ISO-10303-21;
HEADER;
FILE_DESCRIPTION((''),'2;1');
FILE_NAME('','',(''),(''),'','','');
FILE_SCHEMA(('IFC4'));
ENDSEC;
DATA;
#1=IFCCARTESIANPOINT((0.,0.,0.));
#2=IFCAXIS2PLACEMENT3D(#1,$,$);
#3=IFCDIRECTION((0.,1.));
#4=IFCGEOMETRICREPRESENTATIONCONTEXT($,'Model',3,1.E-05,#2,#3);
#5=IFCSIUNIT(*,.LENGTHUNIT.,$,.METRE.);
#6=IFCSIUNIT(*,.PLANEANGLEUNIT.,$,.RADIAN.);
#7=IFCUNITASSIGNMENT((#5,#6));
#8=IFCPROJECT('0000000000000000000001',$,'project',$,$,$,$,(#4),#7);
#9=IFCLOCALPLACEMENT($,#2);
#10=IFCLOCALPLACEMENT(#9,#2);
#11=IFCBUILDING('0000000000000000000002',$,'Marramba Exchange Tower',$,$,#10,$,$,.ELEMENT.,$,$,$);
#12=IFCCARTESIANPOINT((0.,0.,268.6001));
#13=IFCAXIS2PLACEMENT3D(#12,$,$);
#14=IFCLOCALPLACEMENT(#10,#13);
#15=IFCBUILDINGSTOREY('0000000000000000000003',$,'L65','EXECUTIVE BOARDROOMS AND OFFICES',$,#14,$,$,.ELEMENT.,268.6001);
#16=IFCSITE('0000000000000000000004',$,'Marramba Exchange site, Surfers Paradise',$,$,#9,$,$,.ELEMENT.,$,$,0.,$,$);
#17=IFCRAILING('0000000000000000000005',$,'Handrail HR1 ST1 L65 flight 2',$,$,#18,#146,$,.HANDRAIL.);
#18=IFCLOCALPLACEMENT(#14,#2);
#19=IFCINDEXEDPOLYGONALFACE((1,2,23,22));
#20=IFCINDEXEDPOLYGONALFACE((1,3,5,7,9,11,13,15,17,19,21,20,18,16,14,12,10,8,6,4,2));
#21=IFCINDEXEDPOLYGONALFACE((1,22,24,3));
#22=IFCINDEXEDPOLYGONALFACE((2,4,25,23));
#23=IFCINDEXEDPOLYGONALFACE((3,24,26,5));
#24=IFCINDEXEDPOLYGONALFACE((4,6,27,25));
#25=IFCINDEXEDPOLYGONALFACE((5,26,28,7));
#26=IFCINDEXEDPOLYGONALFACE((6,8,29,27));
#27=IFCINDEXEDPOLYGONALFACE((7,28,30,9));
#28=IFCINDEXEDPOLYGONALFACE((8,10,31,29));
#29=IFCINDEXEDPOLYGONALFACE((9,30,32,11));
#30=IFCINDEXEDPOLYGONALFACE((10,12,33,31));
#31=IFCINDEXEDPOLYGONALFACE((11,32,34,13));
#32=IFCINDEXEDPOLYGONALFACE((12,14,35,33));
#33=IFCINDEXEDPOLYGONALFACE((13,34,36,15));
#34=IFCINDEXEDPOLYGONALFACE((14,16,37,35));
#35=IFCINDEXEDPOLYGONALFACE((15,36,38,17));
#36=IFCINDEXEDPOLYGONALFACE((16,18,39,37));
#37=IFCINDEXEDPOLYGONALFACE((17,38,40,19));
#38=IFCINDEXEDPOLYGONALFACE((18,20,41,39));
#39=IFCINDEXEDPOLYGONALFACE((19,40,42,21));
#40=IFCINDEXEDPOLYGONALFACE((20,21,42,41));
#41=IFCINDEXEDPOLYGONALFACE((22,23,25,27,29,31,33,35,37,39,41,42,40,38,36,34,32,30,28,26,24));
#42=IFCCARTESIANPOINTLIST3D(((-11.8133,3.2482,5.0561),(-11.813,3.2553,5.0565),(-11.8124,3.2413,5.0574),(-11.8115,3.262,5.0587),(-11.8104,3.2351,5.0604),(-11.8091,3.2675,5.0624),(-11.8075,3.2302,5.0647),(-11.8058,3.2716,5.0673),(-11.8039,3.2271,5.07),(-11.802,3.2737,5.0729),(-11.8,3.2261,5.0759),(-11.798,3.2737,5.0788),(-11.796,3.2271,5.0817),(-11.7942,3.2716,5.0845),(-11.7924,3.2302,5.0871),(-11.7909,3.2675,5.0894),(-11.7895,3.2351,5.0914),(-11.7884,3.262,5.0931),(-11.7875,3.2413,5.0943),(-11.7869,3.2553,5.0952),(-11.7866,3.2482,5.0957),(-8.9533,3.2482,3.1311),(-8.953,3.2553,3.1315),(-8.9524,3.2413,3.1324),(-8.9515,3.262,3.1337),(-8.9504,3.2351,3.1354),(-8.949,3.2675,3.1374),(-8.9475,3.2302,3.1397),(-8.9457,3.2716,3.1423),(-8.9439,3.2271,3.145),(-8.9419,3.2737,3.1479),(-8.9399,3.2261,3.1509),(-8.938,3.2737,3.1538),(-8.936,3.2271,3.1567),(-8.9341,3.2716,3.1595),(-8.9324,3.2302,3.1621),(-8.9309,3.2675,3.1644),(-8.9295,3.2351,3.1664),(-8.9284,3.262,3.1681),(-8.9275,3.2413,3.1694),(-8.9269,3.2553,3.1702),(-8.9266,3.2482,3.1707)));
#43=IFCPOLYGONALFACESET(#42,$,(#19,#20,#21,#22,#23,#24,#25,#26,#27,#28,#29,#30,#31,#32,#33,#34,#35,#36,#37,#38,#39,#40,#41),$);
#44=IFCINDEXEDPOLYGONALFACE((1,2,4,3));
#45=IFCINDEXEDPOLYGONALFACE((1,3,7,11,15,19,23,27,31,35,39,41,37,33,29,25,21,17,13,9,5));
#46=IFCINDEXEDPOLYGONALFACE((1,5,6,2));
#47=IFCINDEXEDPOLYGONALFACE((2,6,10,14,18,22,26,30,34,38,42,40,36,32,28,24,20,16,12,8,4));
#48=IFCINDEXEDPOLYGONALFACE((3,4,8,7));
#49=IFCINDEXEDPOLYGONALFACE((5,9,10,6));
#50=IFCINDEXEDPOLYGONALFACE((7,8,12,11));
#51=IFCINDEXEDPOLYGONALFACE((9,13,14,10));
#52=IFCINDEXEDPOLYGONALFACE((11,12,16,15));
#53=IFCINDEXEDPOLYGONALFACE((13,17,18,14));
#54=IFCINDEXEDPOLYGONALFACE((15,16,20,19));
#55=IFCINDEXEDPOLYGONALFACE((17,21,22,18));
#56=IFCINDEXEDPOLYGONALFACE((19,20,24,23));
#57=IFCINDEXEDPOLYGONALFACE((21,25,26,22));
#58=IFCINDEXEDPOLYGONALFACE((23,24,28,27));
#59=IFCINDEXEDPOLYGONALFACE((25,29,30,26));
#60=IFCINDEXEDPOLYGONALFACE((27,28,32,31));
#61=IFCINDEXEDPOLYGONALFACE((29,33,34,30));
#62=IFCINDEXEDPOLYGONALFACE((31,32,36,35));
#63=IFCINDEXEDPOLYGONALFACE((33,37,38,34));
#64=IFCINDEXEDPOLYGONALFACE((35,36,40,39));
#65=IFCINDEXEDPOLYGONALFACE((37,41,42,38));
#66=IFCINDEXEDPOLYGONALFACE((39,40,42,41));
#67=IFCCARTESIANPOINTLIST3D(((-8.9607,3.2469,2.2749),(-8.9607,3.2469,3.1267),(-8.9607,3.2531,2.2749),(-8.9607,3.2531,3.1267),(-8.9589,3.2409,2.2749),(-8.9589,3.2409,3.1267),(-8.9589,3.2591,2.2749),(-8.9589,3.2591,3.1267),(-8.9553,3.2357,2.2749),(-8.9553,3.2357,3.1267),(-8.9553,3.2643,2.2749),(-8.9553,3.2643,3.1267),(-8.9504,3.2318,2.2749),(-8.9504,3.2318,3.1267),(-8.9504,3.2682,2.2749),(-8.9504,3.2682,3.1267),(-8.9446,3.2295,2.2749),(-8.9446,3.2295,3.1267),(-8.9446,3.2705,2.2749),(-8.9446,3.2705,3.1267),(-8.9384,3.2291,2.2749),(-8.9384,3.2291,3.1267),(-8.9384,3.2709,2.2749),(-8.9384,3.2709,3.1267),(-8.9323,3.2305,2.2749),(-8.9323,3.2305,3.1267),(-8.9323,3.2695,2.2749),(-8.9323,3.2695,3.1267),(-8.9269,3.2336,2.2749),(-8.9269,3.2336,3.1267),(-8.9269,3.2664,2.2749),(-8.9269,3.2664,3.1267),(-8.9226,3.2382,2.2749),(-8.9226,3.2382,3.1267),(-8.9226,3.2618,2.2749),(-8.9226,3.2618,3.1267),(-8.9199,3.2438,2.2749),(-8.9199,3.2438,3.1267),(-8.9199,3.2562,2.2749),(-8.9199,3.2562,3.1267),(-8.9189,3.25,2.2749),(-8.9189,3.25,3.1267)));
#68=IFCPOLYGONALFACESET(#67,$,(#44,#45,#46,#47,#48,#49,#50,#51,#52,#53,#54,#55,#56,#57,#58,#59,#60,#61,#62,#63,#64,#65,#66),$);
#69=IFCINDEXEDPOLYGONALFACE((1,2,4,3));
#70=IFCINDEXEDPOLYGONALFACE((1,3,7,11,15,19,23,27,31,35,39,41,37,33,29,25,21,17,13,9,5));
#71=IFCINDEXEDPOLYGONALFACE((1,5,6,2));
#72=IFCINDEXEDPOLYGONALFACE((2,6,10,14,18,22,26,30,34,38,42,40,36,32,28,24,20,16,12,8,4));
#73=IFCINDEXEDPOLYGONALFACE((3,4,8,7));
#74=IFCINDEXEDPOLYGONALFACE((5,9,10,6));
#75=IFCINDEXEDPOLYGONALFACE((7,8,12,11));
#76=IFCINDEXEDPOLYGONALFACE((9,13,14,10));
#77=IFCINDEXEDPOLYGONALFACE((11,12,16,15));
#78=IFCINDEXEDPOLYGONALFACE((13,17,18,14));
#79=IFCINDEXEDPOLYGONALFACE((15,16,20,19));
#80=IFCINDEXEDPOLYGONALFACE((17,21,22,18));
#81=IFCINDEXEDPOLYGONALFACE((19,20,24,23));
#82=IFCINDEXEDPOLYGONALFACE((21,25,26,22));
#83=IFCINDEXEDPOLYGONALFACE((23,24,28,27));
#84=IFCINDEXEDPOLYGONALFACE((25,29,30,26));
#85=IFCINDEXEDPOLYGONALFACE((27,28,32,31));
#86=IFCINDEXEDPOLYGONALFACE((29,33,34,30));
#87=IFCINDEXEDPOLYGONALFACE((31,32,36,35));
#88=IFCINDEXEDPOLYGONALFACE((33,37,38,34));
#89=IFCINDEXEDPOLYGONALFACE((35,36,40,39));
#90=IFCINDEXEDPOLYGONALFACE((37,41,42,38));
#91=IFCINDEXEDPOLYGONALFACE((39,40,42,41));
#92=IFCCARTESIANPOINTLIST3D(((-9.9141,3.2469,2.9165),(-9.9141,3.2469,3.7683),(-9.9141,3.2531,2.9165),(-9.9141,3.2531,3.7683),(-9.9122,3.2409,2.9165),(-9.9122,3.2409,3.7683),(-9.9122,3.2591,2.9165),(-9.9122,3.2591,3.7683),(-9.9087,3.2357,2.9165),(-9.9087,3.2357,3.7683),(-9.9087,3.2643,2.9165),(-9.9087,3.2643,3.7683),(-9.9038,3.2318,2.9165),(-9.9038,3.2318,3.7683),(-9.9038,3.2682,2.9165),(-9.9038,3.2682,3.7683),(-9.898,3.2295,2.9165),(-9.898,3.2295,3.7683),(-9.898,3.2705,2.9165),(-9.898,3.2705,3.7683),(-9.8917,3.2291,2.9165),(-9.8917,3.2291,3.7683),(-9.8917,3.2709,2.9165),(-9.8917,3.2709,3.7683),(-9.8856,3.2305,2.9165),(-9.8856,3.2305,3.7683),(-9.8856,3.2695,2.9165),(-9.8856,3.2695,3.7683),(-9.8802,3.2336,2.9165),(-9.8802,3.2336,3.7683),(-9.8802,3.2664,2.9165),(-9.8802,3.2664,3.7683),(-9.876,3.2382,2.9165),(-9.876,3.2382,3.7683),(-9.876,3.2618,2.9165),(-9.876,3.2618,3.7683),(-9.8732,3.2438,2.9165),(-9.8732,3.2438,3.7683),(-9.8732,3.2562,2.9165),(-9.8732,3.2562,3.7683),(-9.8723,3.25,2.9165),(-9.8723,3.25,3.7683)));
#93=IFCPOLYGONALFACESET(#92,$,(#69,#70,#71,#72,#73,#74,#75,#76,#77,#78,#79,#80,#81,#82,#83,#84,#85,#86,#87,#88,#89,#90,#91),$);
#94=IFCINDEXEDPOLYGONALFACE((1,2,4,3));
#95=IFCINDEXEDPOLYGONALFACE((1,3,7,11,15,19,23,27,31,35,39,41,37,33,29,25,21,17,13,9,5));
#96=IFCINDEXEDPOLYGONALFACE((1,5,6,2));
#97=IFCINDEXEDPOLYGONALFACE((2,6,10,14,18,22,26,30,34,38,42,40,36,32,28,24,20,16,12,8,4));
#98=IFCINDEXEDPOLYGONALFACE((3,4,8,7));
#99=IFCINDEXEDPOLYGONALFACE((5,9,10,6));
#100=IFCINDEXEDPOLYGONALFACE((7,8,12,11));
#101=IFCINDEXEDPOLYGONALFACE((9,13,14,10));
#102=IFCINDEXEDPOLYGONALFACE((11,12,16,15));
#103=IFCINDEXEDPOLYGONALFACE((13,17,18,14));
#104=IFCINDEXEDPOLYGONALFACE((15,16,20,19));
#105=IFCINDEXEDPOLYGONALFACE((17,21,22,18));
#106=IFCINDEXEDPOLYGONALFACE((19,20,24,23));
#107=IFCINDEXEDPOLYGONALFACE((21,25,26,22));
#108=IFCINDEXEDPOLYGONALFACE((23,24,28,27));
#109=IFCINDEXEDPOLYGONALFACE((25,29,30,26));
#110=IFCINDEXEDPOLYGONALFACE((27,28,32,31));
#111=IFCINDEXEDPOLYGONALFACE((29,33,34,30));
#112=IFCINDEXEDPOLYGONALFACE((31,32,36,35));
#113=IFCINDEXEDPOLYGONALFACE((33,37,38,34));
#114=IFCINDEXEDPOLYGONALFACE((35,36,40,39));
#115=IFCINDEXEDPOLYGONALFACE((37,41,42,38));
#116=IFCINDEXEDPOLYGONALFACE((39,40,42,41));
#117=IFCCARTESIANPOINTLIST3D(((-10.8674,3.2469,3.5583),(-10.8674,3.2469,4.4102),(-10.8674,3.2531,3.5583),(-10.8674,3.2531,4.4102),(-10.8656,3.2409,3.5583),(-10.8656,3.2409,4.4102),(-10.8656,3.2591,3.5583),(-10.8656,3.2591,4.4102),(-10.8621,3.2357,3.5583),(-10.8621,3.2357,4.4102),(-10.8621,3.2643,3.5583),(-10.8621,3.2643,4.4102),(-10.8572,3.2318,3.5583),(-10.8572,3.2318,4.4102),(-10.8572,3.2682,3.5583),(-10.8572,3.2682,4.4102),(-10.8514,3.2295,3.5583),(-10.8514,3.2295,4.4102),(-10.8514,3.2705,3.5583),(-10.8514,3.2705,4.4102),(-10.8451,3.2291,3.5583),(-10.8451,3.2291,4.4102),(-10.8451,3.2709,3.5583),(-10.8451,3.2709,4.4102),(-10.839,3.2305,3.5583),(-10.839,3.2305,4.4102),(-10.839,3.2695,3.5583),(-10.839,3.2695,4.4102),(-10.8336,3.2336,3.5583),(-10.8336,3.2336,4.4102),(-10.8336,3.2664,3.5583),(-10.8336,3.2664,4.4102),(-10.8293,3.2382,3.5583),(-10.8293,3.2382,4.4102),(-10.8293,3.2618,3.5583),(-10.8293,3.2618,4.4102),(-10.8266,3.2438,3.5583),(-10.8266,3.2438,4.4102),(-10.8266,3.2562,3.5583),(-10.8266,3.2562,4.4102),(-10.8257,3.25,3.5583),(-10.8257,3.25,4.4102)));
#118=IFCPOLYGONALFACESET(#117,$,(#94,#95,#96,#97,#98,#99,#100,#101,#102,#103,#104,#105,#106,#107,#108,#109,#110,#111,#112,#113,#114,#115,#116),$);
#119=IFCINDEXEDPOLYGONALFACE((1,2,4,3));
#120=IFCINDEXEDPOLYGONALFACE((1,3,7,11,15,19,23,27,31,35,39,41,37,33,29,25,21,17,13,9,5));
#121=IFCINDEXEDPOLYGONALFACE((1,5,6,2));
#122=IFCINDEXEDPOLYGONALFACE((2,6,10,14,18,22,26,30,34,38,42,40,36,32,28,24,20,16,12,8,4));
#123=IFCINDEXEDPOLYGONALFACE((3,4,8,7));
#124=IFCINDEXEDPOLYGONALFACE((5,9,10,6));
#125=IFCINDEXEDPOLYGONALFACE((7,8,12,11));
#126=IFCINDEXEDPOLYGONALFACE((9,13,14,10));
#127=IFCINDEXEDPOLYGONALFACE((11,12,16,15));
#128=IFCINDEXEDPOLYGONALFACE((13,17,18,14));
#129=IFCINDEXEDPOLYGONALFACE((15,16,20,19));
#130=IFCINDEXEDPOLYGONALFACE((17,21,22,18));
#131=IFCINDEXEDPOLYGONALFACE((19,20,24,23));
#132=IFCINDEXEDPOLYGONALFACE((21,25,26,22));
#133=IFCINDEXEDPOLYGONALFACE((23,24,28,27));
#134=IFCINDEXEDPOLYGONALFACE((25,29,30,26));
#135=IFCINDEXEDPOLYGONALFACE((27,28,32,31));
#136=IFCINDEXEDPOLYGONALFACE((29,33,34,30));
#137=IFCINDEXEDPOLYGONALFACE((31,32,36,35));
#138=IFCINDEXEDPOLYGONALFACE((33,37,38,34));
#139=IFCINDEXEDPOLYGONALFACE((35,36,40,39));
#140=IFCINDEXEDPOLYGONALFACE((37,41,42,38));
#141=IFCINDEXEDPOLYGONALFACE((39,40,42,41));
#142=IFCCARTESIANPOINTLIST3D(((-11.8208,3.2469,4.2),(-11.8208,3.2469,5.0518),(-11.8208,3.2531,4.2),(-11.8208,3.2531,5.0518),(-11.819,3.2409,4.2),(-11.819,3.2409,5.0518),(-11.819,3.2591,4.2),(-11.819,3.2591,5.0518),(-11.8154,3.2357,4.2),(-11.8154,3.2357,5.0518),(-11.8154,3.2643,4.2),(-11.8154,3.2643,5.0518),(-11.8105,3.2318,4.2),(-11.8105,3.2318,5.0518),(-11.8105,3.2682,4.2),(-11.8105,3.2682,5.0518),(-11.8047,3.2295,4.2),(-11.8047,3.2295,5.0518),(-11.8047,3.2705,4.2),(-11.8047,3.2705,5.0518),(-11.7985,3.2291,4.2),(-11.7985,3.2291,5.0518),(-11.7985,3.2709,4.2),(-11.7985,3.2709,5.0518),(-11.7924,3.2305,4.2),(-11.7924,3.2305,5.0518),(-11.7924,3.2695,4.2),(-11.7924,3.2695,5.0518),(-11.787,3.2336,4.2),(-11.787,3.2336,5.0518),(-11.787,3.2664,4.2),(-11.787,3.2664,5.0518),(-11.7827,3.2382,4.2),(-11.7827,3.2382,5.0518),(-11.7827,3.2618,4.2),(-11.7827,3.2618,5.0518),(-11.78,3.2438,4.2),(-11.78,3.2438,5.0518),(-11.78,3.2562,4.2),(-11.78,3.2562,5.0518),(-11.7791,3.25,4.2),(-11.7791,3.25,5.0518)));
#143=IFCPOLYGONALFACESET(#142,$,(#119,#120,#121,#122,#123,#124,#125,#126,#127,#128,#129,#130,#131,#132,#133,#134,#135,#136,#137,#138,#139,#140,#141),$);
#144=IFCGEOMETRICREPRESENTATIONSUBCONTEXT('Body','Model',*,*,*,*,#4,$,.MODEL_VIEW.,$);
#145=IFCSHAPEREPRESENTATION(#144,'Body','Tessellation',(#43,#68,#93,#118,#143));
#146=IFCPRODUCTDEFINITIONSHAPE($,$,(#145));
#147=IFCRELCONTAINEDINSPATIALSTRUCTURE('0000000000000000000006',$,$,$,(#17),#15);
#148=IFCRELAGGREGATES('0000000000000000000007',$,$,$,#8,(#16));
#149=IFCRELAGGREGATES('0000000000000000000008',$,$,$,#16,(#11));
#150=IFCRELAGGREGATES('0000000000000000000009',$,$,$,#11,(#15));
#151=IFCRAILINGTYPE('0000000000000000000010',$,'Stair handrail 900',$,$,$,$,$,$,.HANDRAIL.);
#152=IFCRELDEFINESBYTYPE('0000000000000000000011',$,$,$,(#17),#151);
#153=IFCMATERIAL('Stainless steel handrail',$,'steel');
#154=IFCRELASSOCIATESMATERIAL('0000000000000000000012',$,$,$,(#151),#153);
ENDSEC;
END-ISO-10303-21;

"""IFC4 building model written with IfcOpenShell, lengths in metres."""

from ifc_helpers import new_model, si_unit, direction, frame, origin, origin_2d, place, context, subcontext, project, spatial, circle, extrude, material, type_object, element, save


model = new_model("IFC4")

# Units and contexts
model_context = context("Model", 3, precision=1e-05, world=origin(), true_north=direction((0.0, 1.0)))
body_context = subcontext(model_context, "Body", "Model", "MODEL_VIEW")
ifc_project = project(units=[si_unit("LENGTHUNIT", "METRE"), si_unit("PLANEANGLEUNIT", "RADIAN")], contexts=[model_context])

# Site, building, storey
site_placement = place(None, origin())
site = spatial("IfcSite", under=ifc_project, at=site_placement, Name="Marramba Exchange site, Surfers Paradise", CompositionType="ELEMENT", RefElevation=0.0)
building_placement = place(site_placement, origin())
building = spatial("IfcBuilding", under=site, at=building_placement, Name="Marramba Exchange Tower", CompositionType="ELEMENT")
storey_placement = place(building_placement, frame((0.0, 0.0, 268.6001)))
storey = spatial("IfcBuildingStorey", under=building, at=storey_placement, Name="L65", Description="EXECUTIVE BOARDROOMS AND OFFICES", CompositionType="ELEMENT", Elevation=268.6001)

# Railing
ifc_material_1 = material(Name="Stainless steel handrail", Category="steel")
railing_type = type_object("IfcRailingType", Name="Stair handrail 900", PredefinedType="HANDRAIL", material=ifc_material_1)
railing_placement = place(storey_placement, frame((-8.9399, 3.25, 2.2749)))
element("IfcRailing", 1, at=railing_placement, inside=storey, type_object=railing_type, Name="Handrail HR1 ST1 L65 flight 2", PredefinedType="HANDRAIL", context=body_context, shape_type="SweptSolid", body=[
    extrude(circle(Radius=0.0239, at=origin_2d()), frame((0.0, 0.0, 0.876), z_axis=(-0.829591, 0.0, 0.558372), x_axis=(0.0, -1.0, 0.0)), (0.0, 0.0, 1.0), 3.4475),
    extrude(circle(Radius=0.021, at=origin_2d()), origin(), (0.0, 0.0, 1.0), 0.8518),
    extrude(circle(Radius=0.021, at=origin_2d()), frame((-0.9534, 0.0, 0.6416)), (0.0, 0.0, 1.0), 0.8518),
    extrude(circle(Radius=0.021, at=origin_2d()), frame((-1.9067, 0.0, 1.2834)), (0.0, 0.0, 1.0), 0.8518),
    extrude(circle(Radius=0.021, at=origin_2d()), frame((-2.8601, 0.0, 1.925)), (0.0, 0.0, 1.0), 0.8518),
])

save(model, "model.ifc")
